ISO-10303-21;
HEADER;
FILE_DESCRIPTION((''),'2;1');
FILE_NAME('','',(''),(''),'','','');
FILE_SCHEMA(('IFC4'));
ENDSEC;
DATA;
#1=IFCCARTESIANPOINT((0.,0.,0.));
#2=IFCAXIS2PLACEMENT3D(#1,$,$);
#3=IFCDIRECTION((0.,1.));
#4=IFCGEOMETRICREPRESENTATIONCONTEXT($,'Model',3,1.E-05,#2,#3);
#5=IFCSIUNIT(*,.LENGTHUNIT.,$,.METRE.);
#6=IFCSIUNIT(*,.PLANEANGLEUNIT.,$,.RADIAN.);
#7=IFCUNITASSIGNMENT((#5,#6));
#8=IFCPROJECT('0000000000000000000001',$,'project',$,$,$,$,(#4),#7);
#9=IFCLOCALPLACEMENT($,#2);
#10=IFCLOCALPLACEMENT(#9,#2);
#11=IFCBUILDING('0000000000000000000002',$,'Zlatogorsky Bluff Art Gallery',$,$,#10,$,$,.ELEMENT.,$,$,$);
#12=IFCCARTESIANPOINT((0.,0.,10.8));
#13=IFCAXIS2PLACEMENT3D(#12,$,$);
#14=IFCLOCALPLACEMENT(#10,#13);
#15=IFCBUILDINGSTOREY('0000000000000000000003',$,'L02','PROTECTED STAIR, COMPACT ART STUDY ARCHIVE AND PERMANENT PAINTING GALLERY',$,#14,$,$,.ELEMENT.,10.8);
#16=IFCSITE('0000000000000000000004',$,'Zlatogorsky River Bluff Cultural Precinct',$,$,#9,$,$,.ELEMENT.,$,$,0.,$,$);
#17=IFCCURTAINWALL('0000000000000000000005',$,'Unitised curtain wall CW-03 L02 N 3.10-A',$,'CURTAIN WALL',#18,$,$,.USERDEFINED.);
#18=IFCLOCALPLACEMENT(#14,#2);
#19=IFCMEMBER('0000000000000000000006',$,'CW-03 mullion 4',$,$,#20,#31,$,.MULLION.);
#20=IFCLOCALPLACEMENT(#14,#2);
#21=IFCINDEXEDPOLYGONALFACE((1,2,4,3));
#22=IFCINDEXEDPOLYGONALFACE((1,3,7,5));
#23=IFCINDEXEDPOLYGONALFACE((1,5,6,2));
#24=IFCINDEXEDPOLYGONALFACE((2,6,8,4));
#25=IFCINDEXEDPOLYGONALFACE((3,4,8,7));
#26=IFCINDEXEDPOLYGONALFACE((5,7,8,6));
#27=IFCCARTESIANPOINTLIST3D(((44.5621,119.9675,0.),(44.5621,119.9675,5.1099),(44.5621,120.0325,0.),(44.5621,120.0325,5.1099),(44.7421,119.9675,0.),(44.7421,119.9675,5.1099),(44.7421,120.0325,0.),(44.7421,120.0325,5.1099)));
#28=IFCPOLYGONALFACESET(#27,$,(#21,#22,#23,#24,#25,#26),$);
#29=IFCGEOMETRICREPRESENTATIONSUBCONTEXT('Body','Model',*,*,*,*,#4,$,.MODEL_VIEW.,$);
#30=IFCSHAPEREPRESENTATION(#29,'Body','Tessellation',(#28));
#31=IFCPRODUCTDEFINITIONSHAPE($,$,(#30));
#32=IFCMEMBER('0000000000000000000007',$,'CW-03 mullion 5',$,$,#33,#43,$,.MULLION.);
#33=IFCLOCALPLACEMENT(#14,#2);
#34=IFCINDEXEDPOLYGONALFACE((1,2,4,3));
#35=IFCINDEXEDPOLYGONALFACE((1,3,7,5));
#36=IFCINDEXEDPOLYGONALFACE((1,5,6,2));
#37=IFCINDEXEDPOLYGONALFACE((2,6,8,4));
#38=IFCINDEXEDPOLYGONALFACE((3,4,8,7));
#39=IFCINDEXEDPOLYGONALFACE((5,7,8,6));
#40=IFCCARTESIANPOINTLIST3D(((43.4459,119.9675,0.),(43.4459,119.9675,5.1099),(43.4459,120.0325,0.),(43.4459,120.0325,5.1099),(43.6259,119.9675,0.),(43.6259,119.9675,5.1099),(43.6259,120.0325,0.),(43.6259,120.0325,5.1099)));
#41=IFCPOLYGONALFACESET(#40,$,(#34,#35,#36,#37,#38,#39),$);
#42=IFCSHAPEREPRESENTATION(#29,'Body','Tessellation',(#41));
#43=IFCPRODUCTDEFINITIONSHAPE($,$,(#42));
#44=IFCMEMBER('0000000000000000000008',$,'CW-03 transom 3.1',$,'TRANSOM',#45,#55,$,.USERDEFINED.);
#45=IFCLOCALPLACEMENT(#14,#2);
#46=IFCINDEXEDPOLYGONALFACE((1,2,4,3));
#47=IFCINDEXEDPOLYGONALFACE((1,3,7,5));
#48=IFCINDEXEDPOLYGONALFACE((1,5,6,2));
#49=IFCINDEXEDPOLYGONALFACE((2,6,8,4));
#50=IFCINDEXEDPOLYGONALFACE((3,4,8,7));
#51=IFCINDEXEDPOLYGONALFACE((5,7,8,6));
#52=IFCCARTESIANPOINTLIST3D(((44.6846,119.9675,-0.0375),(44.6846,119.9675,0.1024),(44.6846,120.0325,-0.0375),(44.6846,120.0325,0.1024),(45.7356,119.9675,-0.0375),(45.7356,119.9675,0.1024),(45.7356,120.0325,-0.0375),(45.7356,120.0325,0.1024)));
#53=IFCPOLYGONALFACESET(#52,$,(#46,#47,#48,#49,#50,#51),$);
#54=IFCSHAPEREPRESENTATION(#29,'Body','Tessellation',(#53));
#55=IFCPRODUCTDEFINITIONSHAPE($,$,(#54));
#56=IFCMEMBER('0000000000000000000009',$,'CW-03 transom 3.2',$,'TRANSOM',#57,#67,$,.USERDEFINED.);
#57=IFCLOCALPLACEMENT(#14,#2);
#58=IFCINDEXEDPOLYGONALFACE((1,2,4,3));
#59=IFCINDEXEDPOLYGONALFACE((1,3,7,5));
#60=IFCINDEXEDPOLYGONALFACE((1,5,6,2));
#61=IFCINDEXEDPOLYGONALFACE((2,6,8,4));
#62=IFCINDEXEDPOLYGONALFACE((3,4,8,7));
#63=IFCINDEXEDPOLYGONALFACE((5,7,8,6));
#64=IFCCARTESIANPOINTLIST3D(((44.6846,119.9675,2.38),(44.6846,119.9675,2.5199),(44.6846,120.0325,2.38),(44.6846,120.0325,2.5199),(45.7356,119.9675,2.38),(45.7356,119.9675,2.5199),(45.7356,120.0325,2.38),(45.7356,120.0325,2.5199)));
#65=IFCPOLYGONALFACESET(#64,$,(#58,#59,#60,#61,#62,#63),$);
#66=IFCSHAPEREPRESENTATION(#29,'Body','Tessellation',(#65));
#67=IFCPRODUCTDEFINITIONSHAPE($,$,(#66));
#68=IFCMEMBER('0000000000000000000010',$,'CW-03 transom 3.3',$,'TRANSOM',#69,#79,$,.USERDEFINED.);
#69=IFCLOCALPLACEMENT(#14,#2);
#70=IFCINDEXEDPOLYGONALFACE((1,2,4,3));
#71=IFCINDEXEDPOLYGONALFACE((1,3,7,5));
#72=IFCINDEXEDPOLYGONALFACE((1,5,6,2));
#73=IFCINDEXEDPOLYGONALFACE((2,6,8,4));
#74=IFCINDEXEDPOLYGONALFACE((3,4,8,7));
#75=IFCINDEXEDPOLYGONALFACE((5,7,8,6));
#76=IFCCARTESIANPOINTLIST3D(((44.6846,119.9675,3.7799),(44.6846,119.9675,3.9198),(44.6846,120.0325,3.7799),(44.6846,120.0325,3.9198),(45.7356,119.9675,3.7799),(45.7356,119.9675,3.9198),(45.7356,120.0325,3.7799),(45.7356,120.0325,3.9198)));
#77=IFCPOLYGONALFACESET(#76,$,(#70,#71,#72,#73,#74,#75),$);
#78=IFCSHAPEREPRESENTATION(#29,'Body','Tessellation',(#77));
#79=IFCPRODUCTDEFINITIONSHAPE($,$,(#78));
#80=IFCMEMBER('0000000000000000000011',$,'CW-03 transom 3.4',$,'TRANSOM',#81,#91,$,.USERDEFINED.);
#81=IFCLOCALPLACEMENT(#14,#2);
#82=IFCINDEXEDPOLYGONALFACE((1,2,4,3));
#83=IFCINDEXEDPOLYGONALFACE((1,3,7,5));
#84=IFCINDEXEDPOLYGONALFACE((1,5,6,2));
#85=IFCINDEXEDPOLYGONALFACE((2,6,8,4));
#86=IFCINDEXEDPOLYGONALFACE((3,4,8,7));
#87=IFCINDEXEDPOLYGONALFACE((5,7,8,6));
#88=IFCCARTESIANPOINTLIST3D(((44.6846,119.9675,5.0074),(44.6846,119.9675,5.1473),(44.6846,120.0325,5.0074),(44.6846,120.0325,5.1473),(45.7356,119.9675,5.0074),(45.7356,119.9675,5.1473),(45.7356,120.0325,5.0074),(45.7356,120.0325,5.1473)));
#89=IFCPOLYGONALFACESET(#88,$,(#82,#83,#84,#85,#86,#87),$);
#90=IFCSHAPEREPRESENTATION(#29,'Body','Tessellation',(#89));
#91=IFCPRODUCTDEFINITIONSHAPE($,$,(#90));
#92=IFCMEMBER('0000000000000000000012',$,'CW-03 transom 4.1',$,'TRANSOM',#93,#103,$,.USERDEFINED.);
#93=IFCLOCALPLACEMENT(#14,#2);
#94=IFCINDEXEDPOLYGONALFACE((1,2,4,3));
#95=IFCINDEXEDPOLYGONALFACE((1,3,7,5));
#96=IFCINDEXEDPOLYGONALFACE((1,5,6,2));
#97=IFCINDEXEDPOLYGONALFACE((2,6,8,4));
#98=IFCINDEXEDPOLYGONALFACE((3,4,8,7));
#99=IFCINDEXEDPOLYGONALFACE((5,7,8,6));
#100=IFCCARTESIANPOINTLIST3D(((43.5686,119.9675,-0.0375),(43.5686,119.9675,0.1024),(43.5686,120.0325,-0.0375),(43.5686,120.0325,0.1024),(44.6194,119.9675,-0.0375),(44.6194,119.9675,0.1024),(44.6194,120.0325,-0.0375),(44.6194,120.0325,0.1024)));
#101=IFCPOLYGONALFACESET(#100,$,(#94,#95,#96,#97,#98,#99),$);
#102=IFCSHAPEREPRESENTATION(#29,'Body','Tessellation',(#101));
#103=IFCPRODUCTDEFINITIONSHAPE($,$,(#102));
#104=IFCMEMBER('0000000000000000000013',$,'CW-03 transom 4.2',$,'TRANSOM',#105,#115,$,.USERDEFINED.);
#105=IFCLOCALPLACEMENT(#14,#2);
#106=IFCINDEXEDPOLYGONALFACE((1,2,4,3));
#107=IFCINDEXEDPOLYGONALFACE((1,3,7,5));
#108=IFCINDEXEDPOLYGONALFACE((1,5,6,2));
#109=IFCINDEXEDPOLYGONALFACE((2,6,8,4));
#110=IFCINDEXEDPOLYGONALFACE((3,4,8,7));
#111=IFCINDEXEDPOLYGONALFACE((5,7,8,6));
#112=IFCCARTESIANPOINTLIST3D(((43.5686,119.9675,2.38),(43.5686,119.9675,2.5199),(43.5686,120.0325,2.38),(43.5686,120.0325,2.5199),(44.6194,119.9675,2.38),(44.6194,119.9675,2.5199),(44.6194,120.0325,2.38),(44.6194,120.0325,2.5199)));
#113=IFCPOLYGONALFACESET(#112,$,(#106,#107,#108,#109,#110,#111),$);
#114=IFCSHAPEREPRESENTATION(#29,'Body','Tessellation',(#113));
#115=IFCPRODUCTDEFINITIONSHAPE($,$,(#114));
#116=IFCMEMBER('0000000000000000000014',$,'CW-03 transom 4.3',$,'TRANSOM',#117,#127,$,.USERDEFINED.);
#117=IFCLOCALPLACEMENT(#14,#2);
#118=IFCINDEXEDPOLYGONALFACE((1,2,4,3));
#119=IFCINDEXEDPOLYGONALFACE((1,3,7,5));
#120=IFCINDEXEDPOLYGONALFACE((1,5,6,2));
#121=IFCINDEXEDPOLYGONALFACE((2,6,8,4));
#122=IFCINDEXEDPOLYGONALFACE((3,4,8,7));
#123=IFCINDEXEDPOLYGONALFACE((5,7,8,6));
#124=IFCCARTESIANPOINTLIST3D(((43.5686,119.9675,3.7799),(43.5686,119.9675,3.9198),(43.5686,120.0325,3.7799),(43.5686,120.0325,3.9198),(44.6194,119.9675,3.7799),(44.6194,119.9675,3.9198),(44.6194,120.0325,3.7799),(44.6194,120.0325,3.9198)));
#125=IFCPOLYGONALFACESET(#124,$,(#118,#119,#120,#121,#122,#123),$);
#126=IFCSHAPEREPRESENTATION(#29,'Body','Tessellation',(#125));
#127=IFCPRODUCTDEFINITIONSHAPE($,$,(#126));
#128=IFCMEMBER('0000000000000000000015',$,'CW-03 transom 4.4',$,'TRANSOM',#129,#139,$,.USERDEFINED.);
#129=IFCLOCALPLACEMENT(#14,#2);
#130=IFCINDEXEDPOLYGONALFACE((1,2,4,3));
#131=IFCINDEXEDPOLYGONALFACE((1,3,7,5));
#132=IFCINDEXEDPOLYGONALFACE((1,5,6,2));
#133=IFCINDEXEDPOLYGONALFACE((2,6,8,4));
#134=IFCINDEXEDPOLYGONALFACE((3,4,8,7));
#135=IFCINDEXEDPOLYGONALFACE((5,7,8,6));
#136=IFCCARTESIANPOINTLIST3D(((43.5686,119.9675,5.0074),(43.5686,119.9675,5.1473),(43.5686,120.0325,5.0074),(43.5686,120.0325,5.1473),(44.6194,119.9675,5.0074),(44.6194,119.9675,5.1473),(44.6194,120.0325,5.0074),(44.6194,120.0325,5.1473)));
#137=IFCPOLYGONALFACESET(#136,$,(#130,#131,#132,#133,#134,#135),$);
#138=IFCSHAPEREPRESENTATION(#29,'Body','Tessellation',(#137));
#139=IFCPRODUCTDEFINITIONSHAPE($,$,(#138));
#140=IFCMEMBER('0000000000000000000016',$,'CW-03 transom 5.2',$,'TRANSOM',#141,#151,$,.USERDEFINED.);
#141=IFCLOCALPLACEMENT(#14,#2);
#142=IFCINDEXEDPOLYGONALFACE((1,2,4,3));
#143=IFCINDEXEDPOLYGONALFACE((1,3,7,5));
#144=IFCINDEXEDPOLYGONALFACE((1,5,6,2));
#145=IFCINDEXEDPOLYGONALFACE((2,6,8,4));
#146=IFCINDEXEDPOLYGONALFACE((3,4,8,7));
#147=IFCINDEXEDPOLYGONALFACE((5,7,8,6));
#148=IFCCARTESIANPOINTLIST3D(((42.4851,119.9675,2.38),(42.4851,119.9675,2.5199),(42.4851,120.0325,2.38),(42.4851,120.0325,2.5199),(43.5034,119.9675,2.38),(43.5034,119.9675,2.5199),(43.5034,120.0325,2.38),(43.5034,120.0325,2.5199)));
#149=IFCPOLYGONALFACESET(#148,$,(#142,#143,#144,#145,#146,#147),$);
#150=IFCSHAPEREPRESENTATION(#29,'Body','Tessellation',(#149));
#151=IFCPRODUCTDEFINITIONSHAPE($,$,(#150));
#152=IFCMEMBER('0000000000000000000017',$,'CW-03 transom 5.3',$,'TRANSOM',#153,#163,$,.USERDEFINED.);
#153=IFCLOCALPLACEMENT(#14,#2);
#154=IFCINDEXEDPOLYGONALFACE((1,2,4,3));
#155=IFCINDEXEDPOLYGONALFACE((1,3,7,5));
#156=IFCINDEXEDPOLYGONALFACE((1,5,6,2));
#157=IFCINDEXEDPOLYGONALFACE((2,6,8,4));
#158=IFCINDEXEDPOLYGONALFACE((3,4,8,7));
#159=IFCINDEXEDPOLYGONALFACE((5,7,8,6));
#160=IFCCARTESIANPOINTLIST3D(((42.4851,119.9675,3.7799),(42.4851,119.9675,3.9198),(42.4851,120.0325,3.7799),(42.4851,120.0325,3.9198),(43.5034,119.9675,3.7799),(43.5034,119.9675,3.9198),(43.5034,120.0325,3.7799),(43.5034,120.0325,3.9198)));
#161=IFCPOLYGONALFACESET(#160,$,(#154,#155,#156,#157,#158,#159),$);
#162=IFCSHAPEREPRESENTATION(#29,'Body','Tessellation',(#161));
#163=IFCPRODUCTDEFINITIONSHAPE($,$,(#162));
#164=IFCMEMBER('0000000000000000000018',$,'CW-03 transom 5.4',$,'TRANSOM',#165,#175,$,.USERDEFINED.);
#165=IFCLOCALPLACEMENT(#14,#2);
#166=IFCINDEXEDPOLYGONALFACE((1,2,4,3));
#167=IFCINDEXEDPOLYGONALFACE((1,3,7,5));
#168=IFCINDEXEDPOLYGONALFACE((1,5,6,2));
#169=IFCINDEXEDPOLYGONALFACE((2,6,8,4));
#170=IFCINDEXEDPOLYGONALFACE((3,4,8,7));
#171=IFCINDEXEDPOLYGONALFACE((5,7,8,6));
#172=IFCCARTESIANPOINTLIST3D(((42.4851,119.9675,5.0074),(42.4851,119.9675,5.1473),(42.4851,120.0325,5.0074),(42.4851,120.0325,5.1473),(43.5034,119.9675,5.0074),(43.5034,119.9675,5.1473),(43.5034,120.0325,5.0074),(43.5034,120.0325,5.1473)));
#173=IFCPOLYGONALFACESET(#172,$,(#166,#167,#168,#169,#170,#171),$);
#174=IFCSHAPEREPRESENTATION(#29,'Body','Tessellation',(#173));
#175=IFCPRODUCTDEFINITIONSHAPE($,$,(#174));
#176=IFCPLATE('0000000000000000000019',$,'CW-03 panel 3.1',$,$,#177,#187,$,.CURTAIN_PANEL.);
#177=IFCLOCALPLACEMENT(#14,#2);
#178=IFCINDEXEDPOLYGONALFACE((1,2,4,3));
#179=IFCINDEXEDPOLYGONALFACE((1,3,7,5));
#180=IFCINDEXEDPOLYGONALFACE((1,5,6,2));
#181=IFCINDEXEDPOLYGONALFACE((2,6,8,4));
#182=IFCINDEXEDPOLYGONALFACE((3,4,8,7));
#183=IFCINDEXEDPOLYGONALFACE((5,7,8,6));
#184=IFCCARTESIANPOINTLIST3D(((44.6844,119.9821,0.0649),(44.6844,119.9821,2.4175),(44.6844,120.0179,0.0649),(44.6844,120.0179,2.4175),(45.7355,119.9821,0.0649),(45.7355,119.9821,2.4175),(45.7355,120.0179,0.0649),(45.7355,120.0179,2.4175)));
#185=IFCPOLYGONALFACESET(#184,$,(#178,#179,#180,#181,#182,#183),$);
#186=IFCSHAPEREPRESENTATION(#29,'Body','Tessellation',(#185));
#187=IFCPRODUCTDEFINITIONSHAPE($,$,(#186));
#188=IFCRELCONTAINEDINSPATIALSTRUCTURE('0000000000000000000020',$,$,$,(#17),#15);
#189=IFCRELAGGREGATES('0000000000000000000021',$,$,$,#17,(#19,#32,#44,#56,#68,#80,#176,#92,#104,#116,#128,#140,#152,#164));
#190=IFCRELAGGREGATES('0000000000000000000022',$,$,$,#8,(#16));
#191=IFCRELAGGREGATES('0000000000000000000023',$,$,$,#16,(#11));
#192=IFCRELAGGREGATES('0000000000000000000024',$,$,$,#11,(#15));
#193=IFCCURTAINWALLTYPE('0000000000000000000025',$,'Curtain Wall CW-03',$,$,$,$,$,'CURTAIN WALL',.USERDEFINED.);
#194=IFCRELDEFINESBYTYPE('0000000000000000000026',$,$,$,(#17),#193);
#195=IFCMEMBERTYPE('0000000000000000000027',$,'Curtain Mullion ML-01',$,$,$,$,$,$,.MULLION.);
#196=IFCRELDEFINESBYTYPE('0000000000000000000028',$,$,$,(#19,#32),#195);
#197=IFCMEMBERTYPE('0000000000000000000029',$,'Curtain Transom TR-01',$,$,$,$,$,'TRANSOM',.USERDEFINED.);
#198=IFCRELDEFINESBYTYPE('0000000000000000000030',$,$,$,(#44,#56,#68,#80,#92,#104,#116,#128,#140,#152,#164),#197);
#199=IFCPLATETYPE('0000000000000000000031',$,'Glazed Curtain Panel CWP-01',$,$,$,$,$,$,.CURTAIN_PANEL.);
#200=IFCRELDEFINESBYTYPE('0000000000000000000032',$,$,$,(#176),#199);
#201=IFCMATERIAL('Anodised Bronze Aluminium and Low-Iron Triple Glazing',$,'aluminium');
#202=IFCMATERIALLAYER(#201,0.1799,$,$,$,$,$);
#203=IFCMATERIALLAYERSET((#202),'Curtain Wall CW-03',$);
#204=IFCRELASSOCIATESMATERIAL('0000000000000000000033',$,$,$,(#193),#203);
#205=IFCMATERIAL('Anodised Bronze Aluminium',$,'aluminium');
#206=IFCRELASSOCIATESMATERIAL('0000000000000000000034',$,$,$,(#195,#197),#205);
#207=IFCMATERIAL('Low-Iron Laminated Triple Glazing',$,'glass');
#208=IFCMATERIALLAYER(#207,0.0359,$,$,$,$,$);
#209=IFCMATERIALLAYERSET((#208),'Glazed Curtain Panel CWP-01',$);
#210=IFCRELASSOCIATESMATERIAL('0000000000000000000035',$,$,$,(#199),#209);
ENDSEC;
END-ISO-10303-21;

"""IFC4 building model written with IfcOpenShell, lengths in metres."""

from ifc_helpers import new_model, si_unit, direction, frame, origin, origin_2d, place, context, subcontext, project, spatial, rectangle, extrude, material, layer, layer_set, material_profile, profile_set, type_object, element, aggregate, save


model = new_model("IFC4")

# Units and contexts
model_context = context("Model", 3, precision=1e-05, world=origin(), true_north=direction((0.0, 1.0)))
body_context = subcontext(model_context, "Body", "Model", "MODEL_VIEW")
ifc_project = project(units=[si_unit("LENGTHUNIT", "METRE"), si_unit("PLANEANGLEUNIT", "RADIAN")], contexts=[model_context])

# Site, building, storey
site_placement = place(None, origin())
site = spatial("IfcSite", under=ifc_project, at=site_placement, Name="Zlatogorsky River Bluff Cultural Precinct", CompositionType="ELEMENT", RefElevation=0.0)
building_placement = place(site_placement, origin())
building = spatial("IfcBuilding", under=site, at=building_placement, Name="Zlatogorsky Bluff Art Gallery", CompositionType="ELEMENT")
storey_placement = place(building_placement, frame((0.0, 0.0, 10.8)))
storey = spatial("IfcBuildingStorey", under=building, at=storey_placement, Name="L02", Description="PROTECTED STAIR, COMPACT ART STUDY ARCHIVE AND PERMANENT PAINTING GALLERY", CompositionType="ELEMENT", Elevation=10.8)

# Curtain wall, members, plate
ifc_material_1 = material(Name="Anodised Bronze Aluminium and Low-Iron Triple Glazing", Category="aluminium")
ifc_layer_1 = layer(ifc_material_1, 0.1799)
ifc_layer_set_1 = layer_set([ifc_layer_1], Name="Curtain Wall CW-03")
curtain_wall_type = type_object("IfcCurtainWallType", Name="Curtain Wall CW-03", ElementType="CURTAIN WALL", PredefinedType="USERDEFINED", material=ifc_layer_set_1)
curtain_wall_placement = place(storey_placement, origin())
curtain_wall = element("IfcCurtainWall", 1, at=curtain_wall_placement, inside=storey, type_object=curtain_wall_type, Name="Unitised curtain wall CW-03 L02 N 3.10-A", ObjectType="CURTAIN WALL", PredefinedType="USERDEFINED")
ifc_material_2 = material(Name="Anodised Bronze Aluminium", Category="aluminium")
ifc_material_profile_1 = material_profile(ifc_material_2, rectangle(XDim=0.0649, YDim=0.1799, at=origin_2d()), Name="ALU MULLION 65x180")
ifc_profile_set_1 = profile_set([ifc_material_profile_1], Name="Anodised Bronze Aluminium")
member_type_1 = type_object("IfcMemberType", Name="Curtain Mullion ML-01", PredefinedType="MULLION", material=ifc_profile_set_1)
member_1_placement = place(storey_placement, frame((44.6521, 120.0, 0.0), z_axis=(0.0, 0.0, 1.0), x_axis=(0.0, -1.0, 0.0)))
member_1 = element("IfcMember", 2, at=member_1_placement, type_object=member_type_1, Name="CW-03 mullion 4", PredefinedType="MULLION", context=body_context, shape_type="SweptSolid", body=[
    extrude(rectangle(XDim=0.0649, YDim=0.1799, at=origin_2d()), origin(), (0.0, 0.0, 1.0), 5.1099),
])
member_2_placement = place(storey_placement, frame((43.5359, 120.0, 0.0), z_axis=(0.0, 0.0, 1.0), x_axis=(0.0, -1.0, 0.0)))
member_2 = element("IfcMember", 3, at=member_2_placement, type_object=member_type_1, Name="CW-03 mullion 5", PredefinedType="MULLION", context=body_context, shape_type="SweptSolid", body=[
    extrude(rectangle(XDim=0.0649, YDim=0.1799, at=origin_2d()), origin(), (0.0, 0.0, 1.0), 5.1099),
])
ifc_material_profile_2 = material_profile(ifc_material_2, rectangle(XDim=0.0649, YDim=0.1399, at=origin_2d()), Name="ALU TRANSOM 65x140")
ifc_profile_set_2 = profile_set([ifc_material_profile_2], Name="Anodised Bronze Aluminium")
member_type_2 = type_object("IfcMemberType", Name="Curtain Transom TR-01", ElementType="TRANSOM", PredefinedType="USERDEFINED", material=ifc_profile_set_2)
member_3_placement = place(storey_placement, frame((45.7356, 120.0, 0.0325), z_axis=(-1.0, 0.0, 0.0), x_axis=(0.0, -1.0, 0.0)))
member_3 = element("IfcMember", 4, at=member_3_placement, type_object=member_type_2, Name="CW-03 transom 3.1", ObjectType="TRANSOM", PredefinedType="USERDEFINED", context=body_context, shape_type="SweptSolid", body=[
    extrude(rectangle(XDim=0.0649, YDim=0.1399, at=origin_2d()), origin(), (0.0, 0.0, 1.0), 1.051),
])
member_4_placement = place(storey_placement, frame((45.7356, 120.0, 2.45), z_axis=(-1.0, 0.0, 0.0), x_axis=(0.0, -1.0, 0.0)))
member_4 = element("IfcMember", 5, at=member_4_placement, type_object=member_type_2, Name="CW-03 transom 3.2", ObjectType="TRANSOM", PredefinedType="USERDEFINED", context=body_context, shape_type="SweptSolid", body=[
    extrude(rectangle(XDim=0.0649, YDim=0.1399, at=origin_2d()), origin(), (0.0, 0.0, 1.0), 1.051),
])
member_5_placement = place(storey_placement, frame((45.7356, 120.0, 3.8499), z_axis=(-1.0, 0.0, 0.0), x_axis=(0.0, -1.0, 0.0)))
member_5 = element("IfcMember", 6, at=member_5_placement, type_object=member_type_2, Name="CW-03 transom 3.3", ObjectType="TRANSOM", PredefinedType="USERDEFINED", context=body_context, shape_type="SweptSolid", body=[
    extrude(rectangle(XDim=0.0649, YDim=0.1399, at=origin_2d()), origin(), (0.0, 0.0, 1.0), 1.051),
])
member_6_placement = place(storey_placement, frame((45.7356, 120.0, 5.0774), z_axis=(-1.0, 0.0, 0.0), x_axis=(0.0, -1.0, 0.0)))
member_6 = element("IfcMember", 7, at=member_6_placement, type_object=member_type_2, Name="CW-03 transom 3.4", ObjectType="TRANSOM", PredefinedType="USERDEFINED", context=body_context, shape_type="SweptSolid", body=[
    extrude(rectangle(XDim=0.0649, YDim=0.1399, at=origin_2d()), origin(), (0.0, 0.0, 1.0), 1.051),
])
member_7_placement = place(storey_placement, frame((44.6194, 120.0, 0.0325), z_axis=(-1.0, 0.0, 0.0), x_axis=(0.0, -1.0, 0.0)))
member_7 = element("IfcMember", 8, at=member_7_placement, type_object=member_type_2, Name="CW-03 transom 4.1", ObjectType="TRANSOM", PredefinedType="USERDEFINED", context=body_context, shape_type="SweptSolid", body=[
    extrude(rectangle(XDim=0.0649, YDim=0.1399, at=origin_2d()), origin(), (0.0, 0.0, 1.0), 1.0508),
])
member_8_placement = place(storey_placement, frame((44.6194, 120.0, 2.45), z_axis=(-1.0, 0.0, 0.0), x_axis=(0.0, -1.0, 0.0)))
member_8 = element("IfcMember", 9, at=member_8_placement, type_object=member_type_2, Name="CW-03 transom 4.2", ObjectType="TRANSOM", PredefinedType="USERDEFINED", context=body_context, shape_type="SweptSolid", body=[
    extrude(rectangle(XDim=0.0649, YDim=0.1399, at=origin_2d()), origin(), (0.0, 0.0, 1.0), 1.0508),
])
member_9_placement = place(storey_placement, frame((44.6194, 120.0, 3.8499), z_axis=(-1.0, 0.0, 0.0), x_axis=(0.0, -1.0, 0.0)))
member_9 = element("IfcMember", 10, at=member_9_placement, type_object=member_type_2, Name="CW-03 transom 4.3", ObjectType="TRANSOM", PredefinedType="USERDEFINED", context=body_context, shape_type="SweptSolid", body=[
    extrude(rectangle(XDim=0.0649, YDim=0.1399, at=origin_2d()), origin(), (0.0, 0.0, 1.0), 1.0508),
])
member_10_placement = place(storey_placement, frame((44.6194, 120.0, 5.0774), z_axis=(-1.0, 0.0, 0.0), x_axis=(0.0, -1.0, 0.0)))
member_10 = element("IfcMember", 11, at=member_10_placement, type_object=member_type_2, Name="CW-03 transom 4.4", ObjectType="TRANSOM", PredefinedType="USERDEFINED", context=body_context, shape_type="SweptSolid", body=[
    extrude(rectangle(XDim=0.0649, YDim=0.1399, at=origin_2d()), origin(), (0.0, 0.0, 1.0), 1.0508),
])
member_11_placement = place(storey_placement, frame((43.5034, 120.0, 2.45), z_axis=(-1.0, 0.0, 0.0), x_axis=(0.0, -1.0, 0.0)))
member_11 = element("IfcMember", 12, at=member_11_placement, type_object=member_type_2, Name="CW-03 transom 5.2", ObjectType="TRANSOM", PredefinedType="USERDEFINED", context=body_context, shape_type="SweptSolid", body=[
    extrude(rectangle(XDim=0.0649, YDim=0.1399, at=origin_2d()), origin(), (0.0, 0.0, 1.0), 1.0183),
])
member_12_placement = place(storey_placement, frame((43.5034, 120.0, 3.8499), z_axis=(-1.0, 0.0, 0.0), x_axis=(0.0, -1.0, 0.0)))
member_12 = element("IfcMember", 13, at=member_12_placement, type_object=member_type_2, Name="CW-03 transom 5.3", ObjectType="TRANSOM", PredefinedType="USERDEFINED", context=body_context, shape_type="SweptSolid", body=[
    extrude(rectangle(XDim=0.0649, YDim=0.1399, at=origin_2d()), origin(), (0.0, 0.0, 1.0), 1.0183),
])
member_13_placement = place(storey_placement, frame((43.5034, 120.0, 5.0774), z_axis=(-1.0, 0.0, 0.0), x_axis=(0.0, -1.0, 0.0)))
member_13 = element("IfcMember", 14, at=member_13_placement, type_object=member_type_2, Name="CW-03 transom 5.4", ObjectType="TRANSOM", PredefinedType="USERDEFINED", context=body_context, shape_type="SweptSolid", body=[
    extrude(rectangle(XDim=0.0649, YDim=0.1399, at=origin_2d()), origin(), (0.0, 0.0, 1.0), 1.0183),
])
ifc_material_3 = material(Name="Low-Iron Laminated Triple Glazing", Category="glass")
ifc_layer_2 = layer(ifc_material_3, 0.0359)
ifc_layer_set_2 = layer_set([ifc_layer_2], Name="Glazed Curtain Panel CWP-01")
plate_type = type_object("IfcPlateType", Name="Glazed Curtain Panel CWP-01", PredefinedType="CURTAIN_PANEL", material=ifc_layer_set_2)
plate_1_placement = place(storey_placement, frame((45.21, 120.0, 0.0649), z_axis=(0.0, 0.0, 1.0), x_axis=(-1.0, 0.0, 0.0)))
plate_1 = element("IfcPlate", 15, at=plate_1_placement, type_object=plate_type, Name="CW-03 panel 3.1", PredefinedType="CURTAIN_PANEL", context=body_context, shape_type="SweptSolid", body=[
    extrude(rectangle(XDim=1.051, YDim=0.0359, at=origin_2d()), origin(), (0.0, 0.0, 1.0), 2.3525),
])
aggregate(curtain_wall, [member_1, member_2, member_3, member_4, member_5, member_6, plate_1, member_7, member_8, member_9, member_10, member_11, member_12, member_13])

save(model, "model.ifc")
